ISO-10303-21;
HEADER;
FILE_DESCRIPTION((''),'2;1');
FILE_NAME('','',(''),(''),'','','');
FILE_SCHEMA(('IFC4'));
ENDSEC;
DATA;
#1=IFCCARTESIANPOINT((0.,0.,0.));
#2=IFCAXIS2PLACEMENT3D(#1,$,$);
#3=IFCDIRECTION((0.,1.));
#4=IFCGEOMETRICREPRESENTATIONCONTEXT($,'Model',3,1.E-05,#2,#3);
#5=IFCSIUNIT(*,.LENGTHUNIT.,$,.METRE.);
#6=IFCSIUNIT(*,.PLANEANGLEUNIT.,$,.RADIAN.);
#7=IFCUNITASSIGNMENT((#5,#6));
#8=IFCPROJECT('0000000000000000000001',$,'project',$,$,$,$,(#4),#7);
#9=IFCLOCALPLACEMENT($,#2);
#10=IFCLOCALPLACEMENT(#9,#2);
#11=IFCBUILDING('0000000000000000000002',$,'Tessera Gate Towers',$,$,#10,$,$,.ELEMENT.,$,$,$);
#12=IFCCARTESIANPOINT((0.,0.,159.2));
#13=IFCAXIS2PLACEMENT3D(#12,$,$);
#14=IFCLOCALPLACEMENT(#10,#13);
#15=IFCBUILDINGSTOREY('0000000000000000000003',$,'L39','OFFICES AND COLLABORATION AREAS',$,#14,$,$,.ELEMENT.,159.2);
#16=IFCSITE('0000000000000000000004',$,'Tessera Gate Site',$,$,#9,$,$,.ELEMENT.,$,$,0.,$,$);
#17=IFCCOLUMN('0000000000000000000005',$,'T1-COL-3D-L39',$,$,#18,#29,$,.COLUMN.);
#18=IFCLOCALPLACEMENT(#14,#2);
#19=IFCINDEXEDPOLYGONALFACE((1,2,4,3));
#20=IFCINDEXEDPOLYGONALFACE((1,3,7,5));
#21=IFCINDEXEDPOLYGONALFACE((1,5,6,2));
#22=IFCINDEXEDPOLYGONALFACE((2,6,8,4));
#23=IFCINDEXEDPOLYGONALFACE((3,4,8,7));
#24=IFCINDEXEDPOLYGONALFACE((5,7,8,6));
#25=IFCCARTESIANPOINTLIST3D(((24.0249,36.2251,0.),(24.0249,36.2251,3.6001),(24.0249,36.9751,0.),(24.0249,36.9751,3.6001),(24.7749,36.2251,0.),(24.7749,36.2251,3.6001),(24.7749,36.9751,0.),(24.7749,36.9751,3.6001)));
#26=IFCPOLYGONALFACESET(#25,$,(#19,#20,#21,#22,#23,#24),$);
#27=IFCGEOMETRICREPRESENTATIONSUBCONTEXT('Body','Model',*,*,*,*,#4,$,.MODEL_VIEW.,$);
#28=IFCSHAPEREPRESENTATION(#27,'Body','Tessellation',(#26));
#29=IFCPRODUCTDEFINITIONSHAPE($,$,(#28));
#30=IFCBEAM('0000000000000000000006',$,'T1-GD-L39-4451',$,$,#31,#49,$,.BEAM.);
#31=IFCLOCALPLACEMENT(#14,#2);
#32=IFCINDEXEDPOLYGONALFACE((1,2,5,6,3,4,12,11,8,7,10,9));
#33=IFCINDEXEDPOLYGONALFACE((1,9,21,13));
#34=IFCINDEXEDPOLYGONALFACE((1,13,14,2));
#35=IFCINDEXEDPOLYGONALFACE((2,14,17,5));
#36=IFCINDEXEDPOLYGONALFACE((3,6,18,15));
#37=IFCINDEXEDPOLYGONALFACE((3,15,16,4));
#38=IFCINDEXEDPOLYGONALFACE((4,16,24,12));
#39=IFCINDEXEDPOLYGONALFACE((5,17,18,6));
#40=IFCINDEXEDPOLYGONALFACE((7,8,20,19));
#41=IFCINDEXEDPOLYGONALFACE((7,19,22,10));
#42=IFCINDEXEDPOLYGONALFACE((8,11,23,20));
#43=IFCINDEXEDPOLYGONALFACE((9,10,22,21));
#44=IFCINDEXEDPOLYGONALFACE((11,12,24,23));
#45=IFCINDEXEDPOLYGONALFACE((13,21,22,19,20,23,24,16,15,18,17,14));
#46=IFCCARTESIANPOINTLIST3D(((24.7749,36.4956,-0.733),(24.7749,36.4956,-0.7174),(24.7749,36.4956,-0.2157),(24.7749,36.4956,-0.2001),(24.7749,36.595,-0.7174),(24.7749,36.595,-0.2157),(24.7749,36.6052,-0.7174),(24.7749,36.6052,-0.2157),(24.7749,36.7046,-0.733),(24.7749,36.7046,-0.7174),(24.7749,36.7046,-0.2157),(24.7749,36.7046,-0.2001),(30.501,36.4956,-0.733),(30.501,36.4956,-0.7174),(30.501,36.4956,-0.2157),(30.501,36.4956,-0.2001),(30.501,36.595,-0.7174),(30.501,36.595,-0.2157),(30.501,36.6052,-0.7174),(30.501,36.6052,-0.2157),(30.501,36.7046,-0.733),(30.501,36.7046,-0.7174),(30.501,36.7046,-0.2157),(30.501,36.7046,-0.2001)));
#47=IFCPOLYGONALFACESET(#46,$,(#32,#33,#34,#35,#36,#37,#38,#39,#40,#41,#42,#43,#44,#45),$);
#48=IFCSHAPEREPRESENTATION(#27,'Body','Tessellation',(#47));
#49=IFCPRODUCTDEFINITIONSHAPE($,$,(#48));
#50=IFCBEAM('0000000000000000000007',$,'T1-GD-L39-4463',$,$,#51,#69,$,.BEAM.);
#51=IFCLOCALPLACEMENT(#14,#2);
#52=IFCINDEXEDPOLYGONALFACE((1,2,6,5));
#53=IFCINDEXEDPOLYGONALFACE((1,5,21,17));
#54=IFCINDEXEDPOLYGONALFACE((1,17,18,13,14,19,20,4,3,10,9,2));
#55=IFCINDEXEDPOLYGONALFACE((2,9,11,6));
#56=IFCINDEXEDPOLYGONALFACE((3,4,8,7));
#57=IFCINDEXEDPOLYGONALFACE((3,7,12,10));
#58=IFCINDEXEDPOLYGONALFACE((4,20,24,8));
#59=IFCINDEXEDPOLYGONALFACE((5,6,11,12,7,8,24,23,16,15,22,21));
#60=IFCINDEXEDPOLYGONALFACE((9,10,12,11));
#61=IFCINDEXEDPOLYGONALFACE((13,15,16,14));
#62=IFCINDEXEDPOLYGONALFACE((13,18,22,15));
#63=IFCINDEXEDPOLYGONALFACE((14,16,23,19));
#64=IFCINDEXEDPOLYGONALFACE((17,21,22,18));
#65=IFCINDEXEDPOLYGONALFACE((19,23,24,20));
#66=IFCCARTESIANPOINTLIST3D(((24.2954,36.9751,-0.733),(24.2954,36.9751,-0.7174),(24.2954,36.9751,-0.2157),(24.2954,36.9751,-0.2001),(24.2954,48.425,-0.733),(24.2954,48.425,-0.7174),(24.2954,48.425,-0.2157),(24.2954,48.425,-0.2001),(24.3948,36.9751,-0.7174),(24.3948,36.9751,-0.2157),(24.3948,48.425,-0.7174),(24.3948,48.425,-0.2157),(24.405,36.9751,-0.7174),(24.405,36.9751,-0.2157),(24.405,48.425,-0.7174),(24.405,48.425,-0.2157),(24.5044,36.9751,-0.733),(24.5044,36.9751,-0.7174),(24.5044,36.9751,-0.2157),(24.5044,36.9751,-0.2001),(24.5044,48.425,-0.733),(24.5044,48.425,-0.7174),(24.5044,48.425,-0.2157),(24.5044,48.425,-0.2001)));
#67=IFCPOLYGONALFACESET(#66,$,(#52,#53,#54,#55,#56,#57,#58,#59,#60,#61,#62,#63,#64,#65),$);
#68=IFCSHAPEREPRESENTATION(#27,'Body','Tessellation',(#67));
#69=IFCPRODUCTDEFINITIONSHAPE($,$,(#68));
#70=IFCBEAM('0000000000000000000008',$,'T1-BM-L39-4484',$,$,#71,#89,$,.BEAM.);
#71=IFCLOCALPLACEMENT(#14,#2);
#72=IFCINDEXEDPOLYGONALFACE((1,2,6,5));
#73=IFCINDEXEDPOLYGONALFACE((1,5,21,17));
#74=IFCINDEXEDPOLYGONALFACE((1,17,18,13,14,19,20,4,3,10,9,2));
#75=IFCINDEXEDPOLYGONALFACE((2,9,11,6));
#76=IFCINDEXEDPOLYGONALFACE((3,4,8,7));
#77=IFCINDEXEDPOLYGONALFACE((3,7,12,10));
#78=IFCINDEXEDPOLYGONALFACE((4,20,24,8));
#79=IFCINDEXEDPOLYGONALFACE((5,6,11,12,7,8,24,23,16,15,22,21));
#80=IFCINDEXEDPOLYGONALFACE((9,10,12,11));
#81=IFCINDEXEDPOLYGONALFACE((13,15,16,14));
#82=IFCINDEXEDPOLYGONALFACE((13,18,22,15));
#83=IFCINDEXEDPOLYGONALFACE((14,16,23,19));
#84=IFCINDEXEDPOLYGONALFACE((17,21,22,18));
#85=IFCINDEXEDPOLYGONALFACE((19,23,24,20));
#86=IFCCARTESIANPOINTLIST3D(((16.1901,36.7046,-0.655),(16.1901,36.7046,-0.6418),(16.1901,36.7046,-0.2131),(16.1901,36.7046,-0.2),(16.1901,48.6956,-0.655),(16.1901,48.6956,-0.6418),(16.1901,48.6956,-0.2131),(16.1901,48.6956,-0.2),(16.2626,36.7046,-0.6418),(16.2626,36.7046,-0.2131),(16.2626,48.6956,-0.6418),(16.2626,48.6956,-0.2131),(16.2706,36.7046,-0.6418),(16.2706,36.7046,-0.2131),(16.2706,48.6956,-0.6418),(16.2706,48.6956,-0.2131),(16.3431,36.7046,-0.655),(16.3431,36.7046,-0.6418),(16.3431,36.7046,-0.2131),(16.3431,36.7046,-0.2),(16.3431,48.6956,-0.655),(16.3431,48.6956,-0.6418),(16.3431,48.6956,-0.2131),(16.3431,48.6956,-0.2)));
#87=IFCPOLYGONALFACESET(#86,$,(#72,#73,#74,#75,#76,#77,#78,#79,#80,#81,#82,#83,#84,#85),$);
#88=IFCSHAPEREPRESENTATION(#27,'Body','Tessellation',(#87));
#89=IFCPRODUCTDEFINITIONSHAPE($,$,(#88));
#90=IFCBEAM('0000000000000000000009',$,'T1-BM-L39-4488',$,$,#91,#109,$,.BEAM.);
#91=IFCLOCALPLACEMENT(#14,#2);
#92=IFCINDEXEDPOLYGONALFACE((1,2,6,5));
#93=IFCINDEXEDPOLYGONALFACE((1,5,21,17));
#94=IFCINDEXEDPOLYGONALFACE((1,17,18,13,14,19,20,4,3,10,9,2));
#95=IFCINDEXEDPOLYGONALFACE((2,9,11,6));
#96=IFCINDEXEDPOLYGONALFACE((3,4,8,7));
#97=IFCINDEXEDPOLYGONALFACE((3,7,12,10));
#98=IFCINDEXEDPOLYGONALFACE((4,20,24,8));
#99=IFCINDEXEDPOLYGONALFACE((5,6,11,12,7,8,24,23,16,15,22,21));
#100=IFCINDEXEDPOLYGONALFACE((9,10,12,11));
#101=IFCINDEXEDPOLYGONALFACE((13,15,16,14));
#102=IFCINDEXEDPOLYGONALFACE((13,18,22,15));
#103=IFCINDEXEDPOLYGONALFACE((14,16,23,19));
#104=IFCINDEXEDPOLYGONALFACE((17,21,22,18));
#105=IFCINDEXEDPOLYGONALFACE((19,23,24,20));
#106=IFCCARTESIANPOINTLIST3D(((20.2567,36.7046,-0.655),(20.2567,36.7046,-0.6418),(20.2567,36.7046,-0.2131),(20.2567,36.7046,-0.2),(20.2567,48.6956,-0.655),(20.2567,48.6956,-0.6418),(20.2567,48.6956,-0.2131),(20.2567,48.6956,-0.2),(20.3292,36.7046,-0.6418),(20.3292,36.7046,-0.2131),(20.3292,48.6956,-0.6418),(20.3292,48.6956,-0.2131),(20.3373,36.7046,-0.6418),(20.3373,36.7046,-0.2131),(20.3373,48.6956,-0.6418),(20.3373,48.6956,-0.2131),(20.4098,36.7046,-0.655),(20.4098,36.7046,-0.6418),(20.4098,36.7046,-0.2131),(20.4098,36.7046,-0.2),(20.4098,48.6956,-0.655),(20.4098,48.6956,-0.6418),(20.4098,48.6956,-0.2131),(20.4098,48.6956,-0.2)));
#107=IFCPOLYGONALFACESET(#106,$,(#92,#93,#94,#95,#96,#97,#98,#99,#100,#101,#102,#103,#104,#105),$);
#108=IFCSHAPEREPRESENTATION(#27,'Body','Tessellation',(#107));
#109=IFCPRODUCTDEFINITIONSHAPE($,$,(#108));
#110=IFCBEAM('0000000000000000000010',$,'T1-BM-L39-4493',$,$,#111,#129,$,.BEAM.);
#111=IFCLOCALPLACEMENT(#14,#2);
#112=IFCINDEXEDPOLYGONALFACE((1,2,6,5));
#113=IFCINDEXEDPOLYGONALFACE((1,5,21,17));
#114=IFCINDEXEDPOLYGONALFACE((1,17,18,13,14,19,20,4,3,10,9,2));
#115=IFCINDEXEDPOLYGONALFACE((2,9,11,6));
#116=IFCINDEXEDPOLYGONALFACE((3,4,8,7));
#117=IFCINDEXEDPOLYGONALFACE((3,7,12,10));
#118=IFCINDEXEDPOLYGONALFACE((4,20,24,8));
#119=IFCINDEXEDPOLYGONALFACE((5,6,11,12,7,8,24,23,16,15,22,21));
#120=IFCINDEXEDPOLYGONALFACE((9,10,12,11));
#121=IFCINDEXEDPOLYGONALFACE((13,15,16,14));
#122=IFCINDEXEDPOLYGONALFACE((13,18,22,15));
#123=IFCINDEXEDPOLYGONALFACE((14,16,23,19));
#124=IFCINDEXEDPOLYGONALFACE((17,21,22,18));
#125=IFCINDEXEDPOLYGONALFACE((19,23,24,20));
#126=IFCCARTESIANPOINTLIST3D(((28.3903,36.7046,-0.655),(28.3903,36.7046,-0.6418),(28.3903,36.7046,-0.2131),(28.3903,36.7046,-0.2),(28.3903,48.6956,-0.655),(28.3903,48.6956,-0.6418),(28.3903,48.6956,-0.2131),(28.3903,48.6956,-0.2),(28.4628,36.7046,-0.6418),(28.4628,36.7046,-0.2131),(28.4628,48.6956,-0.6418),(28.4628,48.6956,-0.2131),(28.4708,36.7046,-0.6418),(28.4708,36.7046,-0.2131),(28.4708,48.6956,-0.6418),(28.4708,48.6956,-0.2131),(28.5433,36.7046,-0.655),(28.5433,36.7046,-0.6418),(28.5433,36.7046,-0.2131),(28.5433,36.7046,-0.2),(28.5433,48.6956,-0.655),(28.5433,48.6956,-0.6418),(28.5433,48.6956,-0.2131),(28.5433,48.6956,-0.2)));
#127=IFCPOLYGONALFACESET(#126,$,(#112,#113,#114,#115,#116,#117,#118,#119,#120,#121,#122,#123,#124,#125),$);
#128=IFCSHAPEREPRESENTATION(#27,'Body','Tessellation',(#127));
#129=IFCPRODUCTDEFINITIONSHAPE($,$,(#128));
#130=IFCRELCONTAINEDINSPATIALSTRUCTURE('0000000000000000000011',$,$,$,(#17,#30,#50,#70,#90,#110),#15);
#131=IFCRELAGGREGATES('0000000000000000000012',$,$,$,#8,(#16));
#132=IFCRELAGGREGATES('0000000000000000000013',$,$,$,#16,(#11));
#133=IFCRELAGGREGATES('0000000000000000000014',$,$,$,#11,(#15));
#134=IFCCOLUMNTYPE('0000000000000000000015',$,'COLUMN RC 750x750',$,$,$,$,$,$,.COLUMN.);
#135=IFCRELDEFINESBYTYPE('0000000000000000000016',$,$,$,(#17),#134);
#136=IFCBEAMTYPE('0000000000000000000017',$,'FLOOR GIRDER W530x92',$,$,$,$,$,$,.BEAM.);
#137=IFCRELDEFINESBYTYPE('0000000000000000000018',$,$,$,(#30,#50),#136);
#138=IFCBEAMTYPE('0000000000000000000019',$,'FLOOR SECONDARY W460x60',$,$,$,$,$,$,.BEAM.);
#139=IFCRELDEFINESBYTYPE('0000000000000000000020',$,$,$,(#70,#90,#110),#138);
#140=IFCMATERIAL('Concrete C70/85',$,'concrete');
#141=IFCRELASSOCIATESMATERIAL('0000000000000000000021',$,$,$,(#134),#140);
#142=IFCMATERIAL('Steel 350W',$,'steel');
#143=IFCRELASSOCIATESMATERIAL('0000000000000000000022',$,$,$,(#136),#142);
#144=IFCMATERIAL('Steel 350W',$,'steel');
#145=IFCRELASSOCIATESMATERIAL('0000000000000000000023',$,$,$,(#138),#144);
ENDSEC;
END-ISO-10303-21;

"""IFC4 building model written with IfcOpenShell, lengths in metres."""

from ifc_helpers import new_model, si_unit, direction, frame, origin, origin_2d, place, context, subcontext, project, spatial, rectangle, i_section, extrude, material, material_profile, profile_set, type_object, element, save


model = new_model("IFC4")

# Units and contexts
model_context = context("Model", 3, precision=1e-05, world=origin(), true_north=direction((0.0, 1.0)))
body_context = subcontext(model_context, "Body", "Model", "MODEL_VIEW")
ifc_project = project(units=[si_unit("LENGTHUNIT", "METRE"), si_unit("PLANEANGLEUNIT", "RADIAN")], contexts=[model_context])

# Site, building, storey
site_placement = place(None, origin())
site = spatial("IfcSite", under=ifc_project, at=site_placement, Name="Tessera Gate Site", CompositionType="ELEMENT", RefElevation=0.0)
building_placement = place(site_placement, origin())
building = spatial("IfcBuilding", under=site, at=building_placement, Name="Tessera Gate Towers", CompositionType="ELEMENT")
storey_placement = place(building_placement, frame((0.0, 0.0, 159.2)))
storey = spatial("IfcBuildingStorey", under=building, at=storey_placement, Name="L39", Description="OFFICES AND COLLABORATION AREAS", CompositionType="ELEMENT", Elevation=159.2)

# Column
ifc_material_1 = material(Name="Concrete C70/85", Category="concrete")
ifc_material_profile_1 = material_profile(ifc_material_1, rectangle(XDim=0.75, YDim=0.75, at=origin_2d()), Name="RC 750x750")
ifc_profile_set_1 = profile_set([ifc_material_profile_1], Name="Concrete C70/85")
column_type = type_object("IfcColumnType", Name="COLUMN RC 750x750", PredefinedType="COLUMN", material=ifc_profile_set_1)
column_placement = place(storey_placement, frame((24.3999, 36.6001, 0.0), z_axis=(0.0, 0.0, 1.0), x_axis=(1.0, 0.0, 0.0)))
element("IfcColumn", 1, at=column_placement, inside=storey, type_object=column_type, Name="T1-COL-3D-L39", PredefinedType="COLUMN", context=body_context, shape_type="SweptSolid", body=[
    extrude(rectangle(XDim=0.75, YDim=0.75, at=origin_2d()), origin(), (0.0, 0.0, 1.0), 3.6001),
])

# Beams
ifc_material_2 = material(Name="Steel 350W", Category="steel")
ifc_material_profile_2 = material_profile(ifc_material_2, i_section(OverallWidth=0.209, OverallDepth=0.533, WebThickness=0.0103, FlangeThickness=0.0156, at=origin_2d()), Name="W530x92")
ifc_profile_set_2 = profile_set([ifc_material_profile_2], Name="Steel 350W")
beam_type_1 = type_object("IfcBeamType", Name="FLOOR GIRDER W530x92", PredefinedType="BEAM", material=ifc_profile_set_2)
beam_1_placement = place(storey_placement, frame((24.7749, 36.6001, -0.4666), z_axis=(1.0, 0.0, 0.0), x_axis=(0.0, 1.0, 0.0)))
element("IfcBeam", 2, at=beam_1_placement, inside=storey, type_object=beam_type_1, Name="T1-GD-L39-4451", PredefinedType="BEAM", context=body_context, shape_type="SweptSolid", body=[
    extrude(i_section(OverallWidth=0.209, OverallDepth=0.533, WebThickness=0.0103, FlangeThickness=0.0156, at=origin_2d()), origin(), (0.0, 0.0, 1.0), 5.7261),
])
beam_2_placement = place(storey_placement, frame((24.3999, 36.9751, -0.4666), z_axis=(0.0, 1.0, 0.0), x_axis=(-1.0, 0.0, 0.0)))
element("IfcBeam", 3, at=beam_2_placement, inside=storey, type_object=beam_type_1, Name="T1-GD-L39-4463", PredefinedType="BEAM", context=body_context, shape_type="SweptSolid", body=[
    extrude(i_section(OverallWidth=0.209, OverallDepth=0.533, WebThickness=0.0103, FlangeThickness=0.0156, at=origin_2d()), origin(), (0.0, 0.0, 1.0), 11.45),
])
ifc_material_3 = material(Name="Steel 350W", Category="steel")
ifc_material_profile_3 = material_profile(ifc_material_3, i_section(OverallWidth=0.1531, OverallDepth=0.4551, WebThickness=0.0081, FlangeThickness=0.0132, at=origin_2d()), Name="W460x60")
ifc_profile_set_3 = profile_set([ifc_material_profile_3], Name="Steel 350W")
beam_type_2 = type_object("IfcBeamType", Name="FLOOR SECONDARY W460x60", PredefinedType="BEAM", material=ifc_profile_set_3)
for number, where, z_axis, x_axis, name in (
    (4, (16.2666, 36.7046, -0.4275), (0.0, 1.0, 0.0), (-1.0, 0.0, 0.0), "T1-BM-L39-4484"),
    (5, (20.3333, 36.7046, -0.4275), (0.0, 1.0, 0.0), (-1.0, 0.0, 0.0), "T1-BM-L39-4488"),
    (6, (28.4668, 36.7046, -0.4275), (0.0, 1.0, 0.0), (-1.0, 0.0, 0.0), "T1-BM-L39-4493"),
):
    element("IfcBeam", number, at=place(storey_placement, frame(where, z_axis=z_axis, x_axis=x_axis)), inside=storey, type_object=beam_type_2, Name=name, PredefinedType="BEAM", context=body_context, shape_type="SweptSolid", body=[
        extrude(i_section(OverallWidth=0.1531, OverallDepth=0.4551, WebThickness=0.0081, FlangeThickness=0.0132, at=origin_2d()), origin(), (0.0, 0.0, 1.0), 11.991),
    ])

save(model, "model.ifc")
